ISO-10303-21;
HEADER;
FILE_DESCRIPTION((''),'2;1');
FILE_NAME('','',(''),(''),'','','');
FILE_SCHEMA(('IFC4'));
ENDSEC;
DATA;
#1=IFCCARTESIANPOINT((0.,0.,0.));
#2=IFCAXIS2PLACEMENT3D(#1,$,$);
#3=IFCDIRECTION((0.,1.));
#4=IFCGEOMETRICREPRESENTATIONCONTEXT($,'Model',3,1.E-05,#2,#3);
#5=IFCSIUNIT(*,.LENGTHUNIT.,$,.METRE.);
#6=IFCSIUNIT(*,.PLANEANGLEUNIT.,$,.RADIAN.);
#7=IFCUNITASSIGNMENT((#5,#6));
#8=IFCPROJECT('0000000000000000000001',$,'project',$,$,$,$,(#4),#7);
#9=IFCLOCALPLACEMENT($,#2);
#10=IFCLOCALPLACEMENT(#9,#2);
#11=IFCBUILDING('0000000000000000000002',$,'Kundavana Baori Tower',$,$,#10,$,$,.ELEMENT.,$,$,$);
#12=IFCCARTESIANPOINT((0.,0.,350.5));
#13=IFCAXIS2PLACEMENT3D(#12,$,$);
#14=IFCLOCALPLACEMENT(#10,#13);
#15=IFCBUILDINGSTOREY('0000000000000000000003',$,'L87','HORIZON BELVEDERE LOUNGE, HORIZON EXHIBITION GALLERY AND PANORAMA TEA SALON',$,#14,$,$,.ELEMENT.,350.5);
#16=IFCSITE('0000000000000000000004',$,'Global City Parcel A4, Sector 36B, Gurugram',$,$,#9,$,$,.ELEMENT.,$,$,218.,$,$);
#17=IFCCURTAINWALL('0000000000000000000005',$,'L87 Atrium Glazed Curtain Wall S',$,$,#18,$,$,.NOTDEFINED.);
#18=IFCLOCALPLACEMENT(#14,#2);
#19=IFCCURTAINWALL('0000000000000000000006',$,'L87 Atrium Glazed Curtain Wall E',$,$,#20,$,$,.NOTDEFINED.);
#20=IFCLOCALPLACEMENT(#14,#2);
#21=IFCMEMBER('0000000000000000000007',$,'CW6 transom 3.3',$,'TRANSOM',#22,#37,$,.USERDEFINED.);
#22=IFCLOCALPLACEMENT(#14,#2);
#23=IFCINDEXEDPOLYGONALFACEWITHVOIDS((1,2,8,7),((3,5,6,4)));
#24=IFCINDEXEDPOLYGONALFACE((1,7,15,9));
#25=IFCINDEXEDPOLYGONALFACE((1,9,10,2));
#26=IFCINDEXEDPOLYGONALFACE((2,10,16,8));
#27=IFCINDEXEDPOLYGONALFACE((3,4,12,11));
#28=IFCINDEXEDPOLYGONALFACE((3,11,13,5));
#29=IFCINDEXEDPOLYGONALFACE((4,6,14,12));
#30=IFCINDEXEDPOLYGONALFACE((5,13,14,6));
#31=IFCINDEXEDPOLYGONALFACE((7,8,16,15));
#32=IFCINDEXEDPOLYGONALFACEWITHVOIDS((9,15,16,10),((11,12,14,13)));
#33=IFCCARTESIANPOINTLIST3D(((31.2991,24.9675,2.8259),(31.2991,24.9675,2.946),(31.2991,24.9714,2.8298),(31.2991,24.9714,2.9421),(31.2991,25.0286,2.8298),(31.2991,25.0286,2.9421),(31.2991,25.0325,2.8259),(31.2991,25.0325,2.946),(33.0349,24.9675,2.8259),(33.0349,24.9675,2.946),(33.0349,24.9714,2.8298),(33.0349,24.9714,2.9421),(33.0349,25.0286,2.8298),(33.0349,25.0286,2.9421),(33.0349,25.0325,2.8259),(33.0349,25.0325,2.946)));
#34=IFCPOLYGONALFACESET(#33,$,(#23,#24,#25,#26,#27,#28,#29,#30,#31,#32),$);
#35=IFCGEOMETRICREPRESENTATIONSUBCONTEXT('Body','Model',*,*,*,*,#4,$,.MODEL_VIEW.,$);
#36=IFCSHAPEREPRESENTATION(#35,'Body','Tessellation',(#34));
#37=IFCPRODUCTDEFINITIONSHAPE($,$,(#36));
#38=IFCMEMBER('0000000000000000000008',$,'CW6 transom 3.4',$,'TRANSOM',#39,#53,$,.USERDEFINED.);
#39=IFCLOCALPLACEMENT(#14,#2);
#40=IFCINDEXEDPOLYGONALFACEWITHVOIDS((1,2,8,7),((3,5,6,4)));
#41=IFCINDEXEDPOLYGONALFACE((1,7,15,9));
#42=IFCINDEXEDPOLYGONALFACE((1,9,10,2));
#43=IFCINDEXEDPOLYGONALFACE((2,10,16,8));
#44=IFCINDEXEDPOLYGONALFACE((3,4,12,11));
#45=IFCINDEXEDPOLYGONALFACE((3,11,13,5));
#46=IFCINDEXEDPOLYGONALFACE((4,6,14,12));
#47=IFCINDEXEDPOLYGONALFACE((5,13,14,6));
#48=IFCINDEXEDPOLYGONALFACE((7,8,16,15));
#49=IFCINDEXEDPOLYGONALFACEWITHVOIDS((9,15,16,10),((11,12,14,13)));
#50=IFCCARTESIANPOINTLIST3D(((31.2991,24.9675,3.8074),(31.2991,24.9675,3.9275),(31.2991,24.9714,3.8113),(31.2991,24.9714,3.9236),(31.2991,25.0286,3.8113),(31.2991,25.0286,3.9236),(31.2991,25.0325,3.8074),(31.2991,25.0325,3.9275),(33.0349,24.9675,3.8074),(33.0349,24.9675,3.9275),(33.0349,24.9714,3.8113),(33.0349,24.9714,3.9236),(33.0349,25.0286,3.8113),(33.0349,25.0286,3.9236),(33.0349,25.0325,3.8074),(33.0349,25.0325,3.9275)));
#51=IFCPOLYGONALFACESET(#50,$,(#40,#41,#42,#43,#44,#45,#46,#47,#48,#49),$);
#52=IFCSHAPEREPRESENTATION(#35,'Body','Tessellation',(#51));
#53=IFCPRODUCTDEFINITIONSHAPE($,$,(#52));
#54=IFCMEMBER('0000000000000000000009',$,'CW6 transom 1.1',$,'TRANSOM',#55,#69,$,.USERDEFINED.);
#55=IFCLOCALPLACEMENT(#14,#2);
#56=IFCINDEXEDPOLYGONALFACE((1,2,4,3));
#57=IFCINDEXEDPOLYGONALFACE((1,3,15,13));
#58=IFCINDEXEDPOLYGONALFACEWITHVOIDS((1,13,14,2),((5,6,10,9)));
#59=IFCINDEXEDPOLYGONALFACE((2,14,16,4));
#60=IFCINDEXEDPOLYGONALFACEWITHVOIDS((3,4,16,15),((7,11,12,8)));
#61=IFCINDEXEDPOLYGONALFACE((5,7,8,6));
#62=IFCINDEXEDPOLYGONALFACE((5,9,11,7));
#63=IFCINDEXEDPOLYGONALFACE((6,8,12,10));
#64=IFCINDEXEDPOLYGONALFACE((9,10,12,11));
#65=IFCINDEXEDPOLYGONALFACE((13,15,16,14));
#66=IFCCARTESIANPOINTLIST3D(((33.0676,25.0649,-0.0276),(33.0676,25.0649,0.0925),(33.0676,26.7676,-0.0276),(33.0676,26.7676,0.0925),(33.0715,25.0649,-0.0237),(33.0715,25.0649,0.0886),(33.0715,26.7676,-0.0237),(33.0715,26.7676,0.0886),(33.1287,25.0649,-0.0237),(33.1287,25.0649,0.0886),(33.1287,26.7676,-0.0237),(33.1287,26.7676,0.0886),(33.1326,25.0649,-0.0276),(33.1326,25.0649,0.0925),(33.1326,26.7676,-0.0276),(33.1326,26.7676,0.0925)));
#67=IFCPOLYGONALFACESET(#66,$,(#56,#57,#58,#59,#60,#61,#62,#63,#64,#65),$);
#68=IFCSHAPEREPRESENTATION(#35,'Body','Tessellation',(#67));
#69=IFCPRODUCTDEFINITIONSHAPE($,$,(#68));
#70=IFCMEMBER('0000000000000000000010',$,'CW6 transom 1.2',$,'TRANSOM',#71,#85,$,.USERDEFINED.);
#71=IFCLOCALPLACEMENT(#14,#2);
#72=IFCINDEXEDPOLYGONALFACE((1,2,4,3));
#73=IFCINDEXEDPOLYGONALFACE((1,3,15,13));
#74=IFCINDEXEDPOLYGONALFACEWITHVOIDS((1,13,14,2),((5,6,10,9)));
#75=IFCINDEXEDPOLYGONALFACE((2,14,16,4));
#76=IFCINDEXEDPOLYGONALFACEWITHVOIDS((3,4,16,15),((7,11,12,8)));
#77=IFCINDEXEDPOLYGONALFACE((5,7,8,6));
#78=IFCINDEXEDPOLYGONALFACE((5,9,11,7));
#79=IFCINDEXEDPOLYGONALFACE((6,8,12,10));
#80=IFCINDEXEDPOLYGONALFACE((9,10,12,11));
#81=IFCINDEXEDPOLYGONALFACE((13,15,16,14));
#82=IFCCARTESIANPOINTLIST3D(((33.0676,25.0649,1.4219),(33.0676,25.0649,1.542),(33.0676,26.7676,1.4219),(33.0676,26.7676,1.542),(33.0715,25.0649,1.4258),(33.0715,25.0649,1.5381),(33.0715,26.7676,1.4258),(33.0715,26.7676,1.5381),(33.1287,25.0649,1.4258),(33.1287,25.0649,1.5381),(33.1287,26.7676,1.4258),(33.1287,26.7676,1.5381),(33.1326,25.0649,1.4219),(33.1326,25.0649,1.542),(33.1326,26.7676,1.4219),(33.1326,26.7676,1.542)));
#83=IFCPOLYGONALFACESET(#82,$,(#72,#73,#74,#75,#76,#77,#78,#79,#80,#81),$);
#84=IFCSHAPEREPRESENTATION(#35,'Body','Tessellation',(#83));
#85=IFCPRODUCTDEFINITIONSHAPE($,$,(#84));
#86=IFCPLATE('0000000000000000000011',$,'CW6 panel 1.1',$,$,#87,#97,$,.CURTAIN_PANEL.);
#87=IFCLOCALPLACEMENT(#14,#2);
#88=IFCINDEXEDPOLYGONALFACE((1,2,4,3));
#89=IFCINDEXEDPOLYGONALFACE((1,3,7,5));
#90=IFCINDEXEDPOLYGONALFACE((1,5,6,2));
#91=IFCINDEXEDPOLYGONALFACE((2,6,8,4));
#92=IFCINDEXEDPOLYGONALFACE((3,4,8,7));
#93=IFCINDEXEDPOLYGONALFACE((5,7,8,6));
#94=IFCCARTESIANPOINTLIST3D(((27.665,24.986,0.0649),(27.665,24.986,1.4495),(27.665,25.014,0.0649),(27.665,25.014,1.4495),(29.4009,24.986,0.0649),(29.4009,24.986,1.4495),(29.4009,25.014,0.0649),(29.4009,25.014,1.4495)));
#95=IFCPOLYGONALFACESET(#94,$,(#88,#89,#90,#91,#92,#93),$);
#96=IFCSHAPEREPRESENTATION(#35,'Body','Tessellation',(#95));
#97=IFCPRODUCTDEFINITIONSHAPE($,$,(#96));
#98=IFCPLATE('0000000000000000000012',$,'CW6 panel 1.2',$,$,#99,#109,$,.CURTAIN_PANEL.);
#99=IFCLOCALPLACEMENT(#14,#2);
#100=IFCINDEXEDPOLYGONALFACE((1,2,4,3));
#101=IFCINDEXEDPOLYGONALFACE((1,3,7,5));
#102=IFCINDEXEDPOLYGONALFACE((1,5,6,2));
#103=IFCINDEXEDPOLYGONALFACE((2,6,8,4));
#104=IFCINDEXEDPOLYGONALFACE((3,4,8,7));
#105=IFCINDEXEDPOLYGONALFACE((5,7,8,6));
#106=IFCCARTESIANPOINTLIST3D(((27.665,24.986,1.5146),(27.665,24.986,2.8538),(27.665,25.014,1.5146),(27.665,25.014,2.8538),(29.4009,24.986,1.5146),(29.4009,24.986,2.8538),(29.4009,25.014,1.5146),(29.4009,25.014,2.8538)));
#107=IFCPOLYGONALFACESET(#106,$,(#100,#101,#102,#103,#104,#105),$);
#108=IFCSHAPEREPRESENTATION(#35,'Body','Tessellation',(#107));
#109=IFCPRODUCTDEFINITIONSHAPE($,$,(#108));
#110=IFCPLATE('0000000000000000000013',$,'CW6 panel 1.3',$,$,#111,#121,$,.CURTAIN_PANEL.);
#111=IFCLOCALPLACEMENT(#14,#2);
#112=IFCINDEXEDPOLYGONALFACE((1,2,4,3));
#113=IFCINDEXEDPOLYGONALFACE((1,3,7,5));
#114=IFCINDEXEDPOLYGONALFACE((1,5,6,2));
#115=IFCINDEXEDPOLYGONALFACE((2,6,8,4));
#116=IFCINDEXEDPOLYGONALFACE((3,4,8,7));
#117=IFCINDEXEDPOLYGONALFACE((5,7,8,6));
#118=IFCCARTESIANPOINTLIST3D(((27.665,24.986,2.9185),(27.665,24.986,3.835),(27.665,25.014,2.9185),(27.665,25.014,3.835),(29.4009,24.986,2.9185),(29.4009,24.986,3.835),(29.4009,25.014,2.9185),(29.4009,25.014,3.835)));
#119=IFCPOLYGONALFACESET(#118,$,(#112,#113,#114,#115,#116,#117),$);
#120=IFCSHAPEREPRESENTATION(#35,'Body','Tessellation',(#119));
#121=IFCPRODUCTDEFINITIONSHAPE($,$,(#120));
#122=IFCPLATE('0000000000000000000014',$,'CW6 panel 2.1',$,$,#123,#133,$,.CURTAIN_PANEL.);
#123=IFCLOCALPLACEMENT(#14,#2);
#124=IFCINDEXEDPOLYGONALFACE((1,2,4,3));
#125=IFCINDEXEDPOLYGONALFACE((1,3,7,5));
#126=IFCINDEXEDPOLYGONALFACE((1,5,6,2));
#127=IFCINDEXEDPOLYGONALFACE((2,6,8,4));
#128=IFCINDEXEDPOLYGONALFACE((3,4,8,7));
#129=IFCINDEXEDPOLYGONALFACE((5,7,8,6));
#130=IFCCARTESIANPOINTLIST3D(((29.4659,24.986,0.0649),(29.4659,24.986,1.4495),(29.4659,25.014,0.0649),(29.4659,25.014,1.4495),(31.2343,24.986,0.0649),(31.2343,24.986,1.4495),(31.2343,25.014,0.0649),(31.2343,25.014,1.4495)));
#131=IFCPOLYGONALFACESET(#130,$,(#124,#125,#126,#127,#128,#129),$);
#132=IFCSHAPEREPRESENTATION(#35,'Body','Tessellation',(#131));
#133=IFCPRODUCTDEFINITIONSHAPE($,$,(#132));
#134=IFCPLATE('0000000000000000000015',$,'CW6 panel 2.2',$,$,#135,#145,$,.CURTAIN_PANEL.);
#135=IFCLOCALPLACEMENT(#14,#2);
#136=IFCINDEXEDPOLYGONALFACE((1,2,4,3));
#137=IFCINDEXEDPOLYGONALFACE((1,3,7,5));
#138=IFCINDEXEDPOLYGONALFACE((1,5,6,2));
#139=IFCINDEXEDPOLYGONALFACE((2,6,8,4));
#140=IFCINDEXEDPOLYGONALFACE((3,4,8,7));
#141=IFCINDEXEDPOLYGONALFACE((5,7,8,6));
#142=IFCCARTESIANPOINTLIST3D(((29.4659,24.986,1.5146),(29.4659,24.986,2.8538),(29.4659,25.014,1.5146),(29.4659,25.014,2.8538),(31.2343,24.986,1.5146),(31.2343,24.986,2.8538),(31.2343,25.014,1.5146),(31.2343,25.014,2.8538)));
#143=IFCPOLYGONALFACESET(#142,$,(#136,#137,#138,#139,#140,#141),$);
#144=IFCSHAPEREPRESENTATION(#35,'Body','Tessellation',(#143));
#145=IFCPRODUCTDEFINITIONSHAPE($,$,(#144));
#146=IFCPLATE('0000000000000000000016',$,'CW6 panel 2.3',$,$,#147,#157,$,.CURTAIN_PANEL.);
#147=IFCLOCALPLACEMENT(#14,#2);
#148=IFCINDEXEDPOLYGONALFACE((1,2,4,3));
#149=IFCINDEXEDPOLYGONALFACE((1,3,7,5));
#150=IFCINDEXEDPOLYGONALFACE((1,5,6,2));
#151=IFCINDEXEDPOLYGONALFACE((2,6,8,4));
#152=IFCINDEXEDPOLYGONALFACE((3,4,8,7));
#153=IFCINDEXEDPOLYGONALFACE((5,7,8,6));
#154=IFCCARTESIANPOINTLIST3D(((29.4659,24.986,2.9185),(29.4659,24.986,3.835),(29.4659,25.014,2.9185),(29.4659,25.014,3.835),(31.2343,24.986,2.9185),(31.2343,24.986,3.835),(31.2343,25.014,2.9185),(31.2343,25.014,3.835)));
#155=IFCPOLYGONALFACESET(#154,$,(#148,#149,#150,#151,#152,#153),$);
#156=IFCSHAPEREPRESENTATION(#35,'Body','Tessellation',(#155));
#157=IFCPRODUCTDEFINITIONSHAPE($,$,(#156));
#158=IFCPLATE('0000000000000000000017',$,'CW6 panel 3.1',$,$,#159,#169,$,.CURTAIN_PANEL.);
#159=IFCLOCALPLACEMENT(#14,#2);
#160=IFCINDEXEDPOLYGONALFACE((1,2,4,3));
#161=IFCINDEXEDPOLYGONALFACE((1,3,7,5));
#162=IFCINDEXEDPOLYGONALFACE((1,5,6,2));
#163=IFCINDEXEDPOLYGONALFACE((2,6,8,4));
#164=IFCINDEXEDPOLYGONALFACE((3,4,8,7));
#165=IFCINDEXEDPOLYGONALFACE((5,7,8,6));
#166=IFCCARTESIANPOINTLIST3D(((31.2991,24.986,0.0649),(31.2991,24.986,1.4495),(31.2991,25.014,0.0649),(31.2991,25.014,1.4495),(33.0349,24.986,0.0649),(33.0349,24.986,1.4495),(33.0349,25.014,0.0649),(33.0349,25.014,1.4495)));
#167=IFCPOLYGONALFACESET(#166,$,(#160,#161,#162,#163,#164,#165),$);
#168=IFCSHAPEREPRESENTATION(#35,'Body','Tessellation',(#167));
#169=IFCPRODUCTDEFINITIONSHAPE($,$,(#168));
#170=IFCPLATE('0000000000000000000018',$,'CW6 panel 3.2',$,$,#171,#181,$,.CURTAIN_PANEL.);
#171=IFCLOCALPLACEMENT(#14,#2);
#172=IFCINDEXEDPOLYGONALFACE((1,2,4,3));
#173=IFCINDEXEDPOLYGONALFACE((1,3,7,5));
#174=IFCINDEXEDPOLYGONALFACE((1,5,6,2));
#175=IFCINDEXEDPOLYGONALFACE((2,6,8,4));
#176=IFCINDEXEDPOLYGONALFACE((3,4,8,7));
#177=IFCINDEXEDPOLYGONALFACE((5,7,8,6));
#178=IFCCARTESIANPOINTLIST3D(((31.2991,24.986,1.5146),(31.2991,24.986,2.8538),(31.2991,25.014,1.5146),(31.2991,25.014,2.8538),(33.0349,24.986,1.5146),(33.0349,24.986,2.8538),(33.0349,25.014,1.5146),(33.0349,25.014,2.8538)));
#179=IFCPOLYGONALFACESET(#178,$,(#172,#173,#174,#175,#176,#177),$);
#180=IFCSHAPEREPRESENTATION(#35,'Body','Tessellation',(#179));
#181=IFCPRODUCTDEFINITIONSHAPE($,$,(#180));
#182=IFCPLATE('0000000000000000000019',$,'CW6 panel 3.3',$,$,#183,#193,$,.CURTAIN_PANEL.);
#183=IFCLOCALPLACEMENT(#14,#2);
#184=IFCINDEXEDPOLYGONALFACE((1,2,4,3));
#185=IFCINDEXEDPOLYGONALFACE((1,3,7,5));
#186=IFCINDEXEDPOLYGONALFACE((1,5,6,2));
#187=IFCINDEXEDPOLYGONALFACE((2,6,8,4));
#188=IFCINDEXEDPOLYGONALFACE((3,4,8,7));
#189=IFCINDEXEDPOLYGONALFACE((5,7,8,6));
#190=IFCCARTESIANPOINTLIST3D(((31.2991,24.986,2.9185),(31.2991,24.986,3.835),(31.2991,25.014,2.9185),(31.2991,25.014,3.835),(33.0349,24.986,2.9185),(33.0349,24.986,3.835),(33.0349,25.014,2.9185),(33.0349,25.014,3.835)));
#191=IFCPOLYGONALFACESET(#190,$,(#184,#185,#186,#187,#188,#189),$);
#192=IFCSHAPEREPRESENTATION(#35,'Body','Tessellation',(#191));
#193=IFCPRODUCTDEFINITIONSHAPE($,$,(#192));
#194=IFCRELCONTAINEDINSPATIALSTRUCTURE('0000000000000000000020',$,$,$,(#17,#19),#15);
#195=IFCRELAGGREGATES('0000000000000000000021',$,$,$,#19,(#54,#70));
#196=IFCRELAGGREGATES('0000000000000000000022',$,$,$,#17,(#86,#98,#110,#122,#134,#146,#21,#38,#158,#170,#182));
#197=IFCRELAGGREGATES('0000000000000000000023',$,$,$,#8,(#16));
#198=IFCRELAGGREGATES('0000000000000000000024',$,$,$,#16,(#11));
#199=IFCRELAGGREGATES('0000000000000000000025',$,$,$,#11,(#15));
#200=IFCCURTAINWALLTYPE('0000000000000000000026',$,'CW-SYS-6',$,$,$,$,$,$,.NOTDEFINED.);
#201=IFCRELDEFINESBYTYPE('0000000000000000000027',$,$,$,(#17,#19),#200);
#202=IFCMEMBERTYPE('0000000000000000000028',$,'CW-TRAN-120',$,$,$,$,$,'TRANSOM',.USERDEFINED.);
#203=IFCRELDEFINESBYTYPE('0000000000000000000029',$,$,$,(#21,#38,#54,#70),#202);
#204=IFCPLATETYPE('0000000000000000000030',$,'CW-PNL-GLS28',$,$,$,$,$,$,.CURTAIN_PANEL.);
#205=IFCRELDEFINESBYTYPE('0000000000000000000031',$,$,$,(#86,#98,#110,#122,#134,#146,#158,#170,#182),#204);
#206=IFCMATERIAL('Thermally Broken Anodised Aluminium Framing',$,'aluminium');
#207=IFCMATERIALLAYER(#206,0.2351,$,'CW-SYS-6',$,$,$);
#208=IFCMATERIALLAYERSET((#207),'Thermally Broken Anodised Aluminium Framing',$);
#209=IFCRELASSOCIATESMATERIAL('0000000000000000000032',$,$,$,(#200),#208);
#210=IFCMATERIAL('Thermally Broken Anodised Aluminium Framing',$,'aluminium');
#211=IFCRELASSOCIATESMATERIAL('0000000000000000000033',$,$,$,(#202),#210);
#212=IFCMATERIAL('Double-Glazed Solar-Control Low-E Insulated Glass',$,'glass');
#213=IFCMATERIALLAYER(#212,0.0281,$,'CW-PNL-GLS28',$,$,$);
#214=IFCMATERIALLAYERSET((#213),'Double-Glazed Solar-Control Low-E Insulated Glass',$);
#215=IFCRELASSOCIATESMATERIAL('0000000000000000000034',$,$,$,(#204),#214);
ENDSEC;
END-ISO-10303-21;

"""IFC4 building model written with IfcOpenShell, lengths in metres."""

from ifc_helpers import new_model, si_unit, direction, frame, origin, origin_2d, place, context, subcontext, project, spatial, rectangle, hollow_rectangle, extrude, material, layer, layer_set, material_profile, profile_set, type_object, element, aggregate, save


model = new_model("IFC4")

# Units and contexts
model_context = context("Model", 3, precision=1e-05, world=origin(), true_north=direction((0.0, 1.0)))
body_context = subcontext(model_context, "Body", "Model", "MODEL_VIEW")
ifc_project = project(units=[si_unit("LENGTHUNIT", "METRE"), si_unit("PLANEANGLEUNIT", "RADIAN")], contexts=[model_context])

# Site, building, storey
site_placement = place(None, origin())
site = spatial("IfcSite", under=ifc_project, at=site_placement, Name="Global City Parcel A4, Sector 36B, Gurugram", CompositionType="ELEMENT", RefElevation=218.0)
building_placement = place(site_placement, origin())
building = spatial("IfcBuilding", under=site, at=building_placement, Name="Kundavana Baori Tower", CompositionType="ELEMENT")
storey_placement = place(building_placement, frame((0.0, 0.0, 350.5)))
storey = spatial("IfcBuildingStorey", under=building, at=storey_placement, Name="L87", Description="HORIZON BELVEDERE LOUNGE, HORIZON EXHIBITION GALLERY AND PANORAMA TEA SALON", CompositionType="ELEMENT", Elevation=350.5)

# Curtain wall
ifc_material_1 = material(Name="Thermally Broken Anodised Aluminium Framing", Category="aluminium")
ifc_layer_1 = layer(ifc_material_1, 0.2351, Name="CW-SYS-6")
ifc_layer_set_1 = layer_set([ifc_layer_1], Name="Thermally Broken Anodised Aluminium Framing")
curtain_wall_type = type_object("IfcCurtainWallType", Name="CW-SYS-6", PredefinedType="NOTDEFINED", material=ifc_layer_set_1)
curtain_wall_1_placement = place(storey_placement, origin())
curtain_wall_1 = element("IfcCurtainWall", 1, at=curtain_wall_1_placement, inside=storey, type_object=curtain_wall_type, Name="L87 Atrium Glazed Curtain Wall S", PredefinedType="NOTDEFINED")

# Curtain wall
curtain_wall_2_placement = place(storey_placement, origin())
curtain_wall_2 = element("IfcCurtainWall", 2, at=curtain_wall_2_placement, inside=storey, type_object=curtain_wall_type, Name="L87 Atrium Glazed Curtain Wall E", PredefinedType="NOTDEFINED")

# Members
ifc_material_2 = material(Name="Thermally Broken Anodised Aluminium Framing", Category="aluminium")
ifc_material_profile_1 = material_profile(ifc_material_2, hollow_rectangle(XDim=0.0649, YDim=0.1201, WallThickness=0.0039, at=origin_2d()), Name="CW-TRAN-120")
ifc_profile_set_1 = profile_set([ifc_material_profile_1], Name="Thermally Broken Anodised Aluminium Framing")
member_type_1 = type_object("IfcMemberType", Name="CW-TRAN-120", ElementType="TRANSOM", PredefinedType="USERDEFINED", material=ifc_profile_set_1)
member_1_placement = place(storey_placement, frame((31.2991, 25.0, 2.886), z_axis=(1.0, 0.0, 0.0), x_axis=(0.0, 1.0, 0.0)))
member_1 = element("IfcMember", 3, at=member_1_placement, type_object=member_type_1, Name="CW6 transom 3.3", ObjectType="TRANSOM", PredefinedType="USERDEFINED", context=body_context, shape_type="SweptSolid", body=[
    extrude(hollow_rectangle(XDim=0.0649, YDim=0.1201, WallThickness=0.0039, at=origin_2d()), origin(), (0.0, 0.0, 1.0), 1.7358),
])
member_2_placement = place(storey_placement, frame((31.2991, 25.0, 3.8674), z_axis=(1.0, 0.0, 0.0), x_axis=(0.0, 1.0, 0.0)))
member_2 = element("IfcMember", 4, at=member_2_placement, type_object=member_type_1, Name="CW6 transom 3.4", ObjectType="TRANSOM", PredefinedType="USERDEFINED", context=body_context, shape_type="SweptSolid", body=[
    extrude(hollow_rectangle(XDim=0.0649, YDim=0.1201, WallThickness=0.0039, at=origin_2d()), origin(), (0.0, 0.0, 1.0), 1.7358),
])
member_3_placement = place(storey_placement, frame((33.1001, 25.0649, 0.0325), z_axis=(0.0, 1.0, 0.0), x_axis=(-1.0, 0.0, 0.0)))
member_3 = element("IfcMember", 5, at=member_3_placement, type_object=member_type_1, Name="CW6 transom 1.1", ObjectType="TRANSOM", PredefinedType="USERDEFINED", context=body_context, shape_type="SweptSolid", body=[
    extrude(hollow_rectangle(XDim=0.0649, YDim=0.1201, WallThickness=0.0039, at=origin_2d()), origin(), (0.0, 0.0, 1.0), 1.7026),
])
member_4_placement = place(storey_placement, frame((33.1001, 25.0649, 1.4819), z_axis=(0.0, 1.0, 0.0), x_axis=(-1.0, 0.0, 0.0)))
member_4 = element("IfcMember", 6, at=member_4_placement, type_object=member_type_1, Name="CW6 transom 1.2", ObjectType="TRANSOM", PredefinedType="USERDEFINED", context=body_context, shape_type="SweptSolid", body=[
    extrude(hollow_rectangle(XDim=0.0649, YDim=0.1201, WallThickness=0.0039, at=origin_2d()), origin(), (0.0, 0.0, 1.0), 1.7026),
])
aggregate(curtain_wall_2, [member_3, member_4])

# Plates
ifc_material_3 = material(Name="Double-Glazed Solar-Control Low-E Insulated Glass", Category="glass")
ifc_layer_2 = layer(ifc_material_3, 0.0281, Name="CW-PNL-GLS28")
ifc_layer_set_2 = layer_set([ifc_layer_2], Name="Double-Glazed Solar-Control Low-E Insulated Glass")
plate_type = type_object("IfcPlateType", Name="CW-PNL-GLS28", PredefinedType="CURTAIN_PANEL", material=ifc_layer_set_2)
plate_1_placement = place(storey_placement, frame((28.533, 25.0, 0.0649), z_axis=(0.0, 0.0, 1.0), x_axis=(1.0, 0.0, 0.0)))
plate_1 = element("IfcPlate", 7, at=plate_1_placement, type_object=plate_type, Name="CW6 panel 1.1", PredefinedType="CURTAIN_PANEL", context=body_context, shape_type="SweptSolid", body=[
    extrude(rectangle(XDim=1.7358, YDim=0.0281, at=origin_2d()), origin(), (0.0, 0.0, 1.0), 1.3845),
])
plate_2_placement = place(storey_placement, frame((28.533, 25.0, 1.5146), z_axis=(0.0, 0.0, 1.0), x_axis=(1.0, 0.0, 0.0)))
plate_2 = element("IfcPlate", 8, at=plate_2_placement, type_object=plate_type, Name="CW6 panel 1.2", PredefinedType="CURTAIN_PANEL", context=body_context, shape_type="SweptSolid", body=[
    extrude(rectangle(XDim=1.7358, YDim=0.0281, at=origin_2d()), origin(), (0.0, 0.0, 1.0), 1.3391),
])
plate_3_placement = place(storey_placement, frame((28.533, 25.0, 2.9185), z_axis=(0.0, 0.0, 1.0), x_axis=(1.0, 0.0, 0.0)))
plate_3 = element("IfcPlate", 9, at=plate_3_placement, type_object=plate_type, Name="CW6 panel 1.3", PredefinedType="CURTAIN_PANEL", context=body_context, shape_type="SweptSolid", body=[
    extrude(rectangle(XDim=1.7358, YDim=0.0281, at=origin_2d()), origin(), (0.0, 0.0, 1.0), 0.9165),
])
plate_4_placement = place(storey_placement, frame((30.3501, 25.0, 0.0649), z_axis=(0.0, 0.0, 1.0), x_axis=(1.0, 0.0, 0.0)))
plate_4 = element("IfcPlate", 10, at=plate_4_placement, type_object=plate_type, Name="CW6 panel 2.1", PredefinedType="CURTAIN_PANEL", context=body_context, shape_type="SweptSolid", body=[
    extrude(rectangle(XDim=1.7683, YDim=0.0281, at=origin_2d()), origin(), (0.0, 0.0, 1.0), 1.3845),
])
plate_5_placement = place(storey_placement, frame((30.3501, 25.0, 1.5146), z_axis=(0.0, 0.0, 1.0), x_axis=(1.0, 0.0, 0.0)))
plate_5 = element("IfcPlate", 11, at=plate_5_placement, type_object=plate_type, Name="CW6 panel 2.2", PredefinedType="CURTAIN_PANEL", context=body_context, shape_type="SweptSolid", body=[
    extrude(rectangle(XDim=1.7683, YDim=0.0281, at=origin_2d()), origin(), (0.0, 0.0, 1.0), 1.3391),
])
plate_6_placement = place(storey_placement, frame((30.3501, 25.0, 2.9185), z_axis=(0.0, 0.0, 1.0), x_axis=(1.0, 0.0, 0.0)))
plate_6 = element("IfcPlate", 12, at=plate_6_placement, type_object=plate_type, Name="CW6 panel 2.3", PredefinedType="CURTAIN_PANEL", context=body_context, shape_type="SweptSolid", body=[
    extrude(rectangle(XDim=1.7683, YDim=0.0281, at=origin_2d()), origin(), (0.0, 0.0, 1.0), 0.9165),
])
plate_7_placement = place(storey_placement, frame((32.167, 25.0, 0.0649), z_axis=(0.0, 0.0, 1.0), x_axis=(1.0, 0.0, 0.0)))
plate_7 = element("IfcPlate", 13, at=plate_7_placement, type_object=plate_type, Name="CW6 panel 3.1", PredefinedType="CURTAIN_PANEL", context=body_context, shape_type="SweptSolid", body=[
    extrude(rectangle(XDim=1.7358, YDim=0.0281, at=origin_2d()), origin(), (0.0, 0.0, 1.0), 1.3845),
])
plate_8_placement = place(storey_placement, frame((32.167, 25.0, 1.5146), z_axis=(0.0, 0.0, 1.0), x_axis=(1.0, 0.0, 0.0)))
plate_8 = element("IfcPlate", 14, at=plate_8_placement, type_object=plate_type, Name="CW6 panel 3.2", PredefinedType="CURTAIN_PANEL", context=body_context, shape_type="SweptSolid", body=[
    extrude(rectangle(XDim=1.7358, YDim=0.0281, at=origin_2d()), origin(), (0.0, 0.0, 1.0), 1.3391),
])
plate_9_placement = place(storey_placement, frame((32.167, 25.0, 2.9185), z_axis=(0.0, 0.0, 1.0), x_axis=(1.0, 0.0, 0.0)))
plate_9 = element("IfcPlate", 15, at=plate_9_placement, type_object=plate_type, Name="CW6 panel 3.3", PredefinedType="CURTAIN_PANEL", context=body_context, shape_type="SweptSolid", body=[
    extrude(rectangle(XDim=1.7358, YDim=0.0281, at=origin_2d()), origin(), (0.0, 0.0, 1.0), 0.9165),
])
aggregate(curtain_wall_1, [plate_1, plate_2, plate_3, plate_4, plate_5, plate_6, member_1, member_2, plate_7, plate_8, plate_9])

save(model, "model.ifc")
